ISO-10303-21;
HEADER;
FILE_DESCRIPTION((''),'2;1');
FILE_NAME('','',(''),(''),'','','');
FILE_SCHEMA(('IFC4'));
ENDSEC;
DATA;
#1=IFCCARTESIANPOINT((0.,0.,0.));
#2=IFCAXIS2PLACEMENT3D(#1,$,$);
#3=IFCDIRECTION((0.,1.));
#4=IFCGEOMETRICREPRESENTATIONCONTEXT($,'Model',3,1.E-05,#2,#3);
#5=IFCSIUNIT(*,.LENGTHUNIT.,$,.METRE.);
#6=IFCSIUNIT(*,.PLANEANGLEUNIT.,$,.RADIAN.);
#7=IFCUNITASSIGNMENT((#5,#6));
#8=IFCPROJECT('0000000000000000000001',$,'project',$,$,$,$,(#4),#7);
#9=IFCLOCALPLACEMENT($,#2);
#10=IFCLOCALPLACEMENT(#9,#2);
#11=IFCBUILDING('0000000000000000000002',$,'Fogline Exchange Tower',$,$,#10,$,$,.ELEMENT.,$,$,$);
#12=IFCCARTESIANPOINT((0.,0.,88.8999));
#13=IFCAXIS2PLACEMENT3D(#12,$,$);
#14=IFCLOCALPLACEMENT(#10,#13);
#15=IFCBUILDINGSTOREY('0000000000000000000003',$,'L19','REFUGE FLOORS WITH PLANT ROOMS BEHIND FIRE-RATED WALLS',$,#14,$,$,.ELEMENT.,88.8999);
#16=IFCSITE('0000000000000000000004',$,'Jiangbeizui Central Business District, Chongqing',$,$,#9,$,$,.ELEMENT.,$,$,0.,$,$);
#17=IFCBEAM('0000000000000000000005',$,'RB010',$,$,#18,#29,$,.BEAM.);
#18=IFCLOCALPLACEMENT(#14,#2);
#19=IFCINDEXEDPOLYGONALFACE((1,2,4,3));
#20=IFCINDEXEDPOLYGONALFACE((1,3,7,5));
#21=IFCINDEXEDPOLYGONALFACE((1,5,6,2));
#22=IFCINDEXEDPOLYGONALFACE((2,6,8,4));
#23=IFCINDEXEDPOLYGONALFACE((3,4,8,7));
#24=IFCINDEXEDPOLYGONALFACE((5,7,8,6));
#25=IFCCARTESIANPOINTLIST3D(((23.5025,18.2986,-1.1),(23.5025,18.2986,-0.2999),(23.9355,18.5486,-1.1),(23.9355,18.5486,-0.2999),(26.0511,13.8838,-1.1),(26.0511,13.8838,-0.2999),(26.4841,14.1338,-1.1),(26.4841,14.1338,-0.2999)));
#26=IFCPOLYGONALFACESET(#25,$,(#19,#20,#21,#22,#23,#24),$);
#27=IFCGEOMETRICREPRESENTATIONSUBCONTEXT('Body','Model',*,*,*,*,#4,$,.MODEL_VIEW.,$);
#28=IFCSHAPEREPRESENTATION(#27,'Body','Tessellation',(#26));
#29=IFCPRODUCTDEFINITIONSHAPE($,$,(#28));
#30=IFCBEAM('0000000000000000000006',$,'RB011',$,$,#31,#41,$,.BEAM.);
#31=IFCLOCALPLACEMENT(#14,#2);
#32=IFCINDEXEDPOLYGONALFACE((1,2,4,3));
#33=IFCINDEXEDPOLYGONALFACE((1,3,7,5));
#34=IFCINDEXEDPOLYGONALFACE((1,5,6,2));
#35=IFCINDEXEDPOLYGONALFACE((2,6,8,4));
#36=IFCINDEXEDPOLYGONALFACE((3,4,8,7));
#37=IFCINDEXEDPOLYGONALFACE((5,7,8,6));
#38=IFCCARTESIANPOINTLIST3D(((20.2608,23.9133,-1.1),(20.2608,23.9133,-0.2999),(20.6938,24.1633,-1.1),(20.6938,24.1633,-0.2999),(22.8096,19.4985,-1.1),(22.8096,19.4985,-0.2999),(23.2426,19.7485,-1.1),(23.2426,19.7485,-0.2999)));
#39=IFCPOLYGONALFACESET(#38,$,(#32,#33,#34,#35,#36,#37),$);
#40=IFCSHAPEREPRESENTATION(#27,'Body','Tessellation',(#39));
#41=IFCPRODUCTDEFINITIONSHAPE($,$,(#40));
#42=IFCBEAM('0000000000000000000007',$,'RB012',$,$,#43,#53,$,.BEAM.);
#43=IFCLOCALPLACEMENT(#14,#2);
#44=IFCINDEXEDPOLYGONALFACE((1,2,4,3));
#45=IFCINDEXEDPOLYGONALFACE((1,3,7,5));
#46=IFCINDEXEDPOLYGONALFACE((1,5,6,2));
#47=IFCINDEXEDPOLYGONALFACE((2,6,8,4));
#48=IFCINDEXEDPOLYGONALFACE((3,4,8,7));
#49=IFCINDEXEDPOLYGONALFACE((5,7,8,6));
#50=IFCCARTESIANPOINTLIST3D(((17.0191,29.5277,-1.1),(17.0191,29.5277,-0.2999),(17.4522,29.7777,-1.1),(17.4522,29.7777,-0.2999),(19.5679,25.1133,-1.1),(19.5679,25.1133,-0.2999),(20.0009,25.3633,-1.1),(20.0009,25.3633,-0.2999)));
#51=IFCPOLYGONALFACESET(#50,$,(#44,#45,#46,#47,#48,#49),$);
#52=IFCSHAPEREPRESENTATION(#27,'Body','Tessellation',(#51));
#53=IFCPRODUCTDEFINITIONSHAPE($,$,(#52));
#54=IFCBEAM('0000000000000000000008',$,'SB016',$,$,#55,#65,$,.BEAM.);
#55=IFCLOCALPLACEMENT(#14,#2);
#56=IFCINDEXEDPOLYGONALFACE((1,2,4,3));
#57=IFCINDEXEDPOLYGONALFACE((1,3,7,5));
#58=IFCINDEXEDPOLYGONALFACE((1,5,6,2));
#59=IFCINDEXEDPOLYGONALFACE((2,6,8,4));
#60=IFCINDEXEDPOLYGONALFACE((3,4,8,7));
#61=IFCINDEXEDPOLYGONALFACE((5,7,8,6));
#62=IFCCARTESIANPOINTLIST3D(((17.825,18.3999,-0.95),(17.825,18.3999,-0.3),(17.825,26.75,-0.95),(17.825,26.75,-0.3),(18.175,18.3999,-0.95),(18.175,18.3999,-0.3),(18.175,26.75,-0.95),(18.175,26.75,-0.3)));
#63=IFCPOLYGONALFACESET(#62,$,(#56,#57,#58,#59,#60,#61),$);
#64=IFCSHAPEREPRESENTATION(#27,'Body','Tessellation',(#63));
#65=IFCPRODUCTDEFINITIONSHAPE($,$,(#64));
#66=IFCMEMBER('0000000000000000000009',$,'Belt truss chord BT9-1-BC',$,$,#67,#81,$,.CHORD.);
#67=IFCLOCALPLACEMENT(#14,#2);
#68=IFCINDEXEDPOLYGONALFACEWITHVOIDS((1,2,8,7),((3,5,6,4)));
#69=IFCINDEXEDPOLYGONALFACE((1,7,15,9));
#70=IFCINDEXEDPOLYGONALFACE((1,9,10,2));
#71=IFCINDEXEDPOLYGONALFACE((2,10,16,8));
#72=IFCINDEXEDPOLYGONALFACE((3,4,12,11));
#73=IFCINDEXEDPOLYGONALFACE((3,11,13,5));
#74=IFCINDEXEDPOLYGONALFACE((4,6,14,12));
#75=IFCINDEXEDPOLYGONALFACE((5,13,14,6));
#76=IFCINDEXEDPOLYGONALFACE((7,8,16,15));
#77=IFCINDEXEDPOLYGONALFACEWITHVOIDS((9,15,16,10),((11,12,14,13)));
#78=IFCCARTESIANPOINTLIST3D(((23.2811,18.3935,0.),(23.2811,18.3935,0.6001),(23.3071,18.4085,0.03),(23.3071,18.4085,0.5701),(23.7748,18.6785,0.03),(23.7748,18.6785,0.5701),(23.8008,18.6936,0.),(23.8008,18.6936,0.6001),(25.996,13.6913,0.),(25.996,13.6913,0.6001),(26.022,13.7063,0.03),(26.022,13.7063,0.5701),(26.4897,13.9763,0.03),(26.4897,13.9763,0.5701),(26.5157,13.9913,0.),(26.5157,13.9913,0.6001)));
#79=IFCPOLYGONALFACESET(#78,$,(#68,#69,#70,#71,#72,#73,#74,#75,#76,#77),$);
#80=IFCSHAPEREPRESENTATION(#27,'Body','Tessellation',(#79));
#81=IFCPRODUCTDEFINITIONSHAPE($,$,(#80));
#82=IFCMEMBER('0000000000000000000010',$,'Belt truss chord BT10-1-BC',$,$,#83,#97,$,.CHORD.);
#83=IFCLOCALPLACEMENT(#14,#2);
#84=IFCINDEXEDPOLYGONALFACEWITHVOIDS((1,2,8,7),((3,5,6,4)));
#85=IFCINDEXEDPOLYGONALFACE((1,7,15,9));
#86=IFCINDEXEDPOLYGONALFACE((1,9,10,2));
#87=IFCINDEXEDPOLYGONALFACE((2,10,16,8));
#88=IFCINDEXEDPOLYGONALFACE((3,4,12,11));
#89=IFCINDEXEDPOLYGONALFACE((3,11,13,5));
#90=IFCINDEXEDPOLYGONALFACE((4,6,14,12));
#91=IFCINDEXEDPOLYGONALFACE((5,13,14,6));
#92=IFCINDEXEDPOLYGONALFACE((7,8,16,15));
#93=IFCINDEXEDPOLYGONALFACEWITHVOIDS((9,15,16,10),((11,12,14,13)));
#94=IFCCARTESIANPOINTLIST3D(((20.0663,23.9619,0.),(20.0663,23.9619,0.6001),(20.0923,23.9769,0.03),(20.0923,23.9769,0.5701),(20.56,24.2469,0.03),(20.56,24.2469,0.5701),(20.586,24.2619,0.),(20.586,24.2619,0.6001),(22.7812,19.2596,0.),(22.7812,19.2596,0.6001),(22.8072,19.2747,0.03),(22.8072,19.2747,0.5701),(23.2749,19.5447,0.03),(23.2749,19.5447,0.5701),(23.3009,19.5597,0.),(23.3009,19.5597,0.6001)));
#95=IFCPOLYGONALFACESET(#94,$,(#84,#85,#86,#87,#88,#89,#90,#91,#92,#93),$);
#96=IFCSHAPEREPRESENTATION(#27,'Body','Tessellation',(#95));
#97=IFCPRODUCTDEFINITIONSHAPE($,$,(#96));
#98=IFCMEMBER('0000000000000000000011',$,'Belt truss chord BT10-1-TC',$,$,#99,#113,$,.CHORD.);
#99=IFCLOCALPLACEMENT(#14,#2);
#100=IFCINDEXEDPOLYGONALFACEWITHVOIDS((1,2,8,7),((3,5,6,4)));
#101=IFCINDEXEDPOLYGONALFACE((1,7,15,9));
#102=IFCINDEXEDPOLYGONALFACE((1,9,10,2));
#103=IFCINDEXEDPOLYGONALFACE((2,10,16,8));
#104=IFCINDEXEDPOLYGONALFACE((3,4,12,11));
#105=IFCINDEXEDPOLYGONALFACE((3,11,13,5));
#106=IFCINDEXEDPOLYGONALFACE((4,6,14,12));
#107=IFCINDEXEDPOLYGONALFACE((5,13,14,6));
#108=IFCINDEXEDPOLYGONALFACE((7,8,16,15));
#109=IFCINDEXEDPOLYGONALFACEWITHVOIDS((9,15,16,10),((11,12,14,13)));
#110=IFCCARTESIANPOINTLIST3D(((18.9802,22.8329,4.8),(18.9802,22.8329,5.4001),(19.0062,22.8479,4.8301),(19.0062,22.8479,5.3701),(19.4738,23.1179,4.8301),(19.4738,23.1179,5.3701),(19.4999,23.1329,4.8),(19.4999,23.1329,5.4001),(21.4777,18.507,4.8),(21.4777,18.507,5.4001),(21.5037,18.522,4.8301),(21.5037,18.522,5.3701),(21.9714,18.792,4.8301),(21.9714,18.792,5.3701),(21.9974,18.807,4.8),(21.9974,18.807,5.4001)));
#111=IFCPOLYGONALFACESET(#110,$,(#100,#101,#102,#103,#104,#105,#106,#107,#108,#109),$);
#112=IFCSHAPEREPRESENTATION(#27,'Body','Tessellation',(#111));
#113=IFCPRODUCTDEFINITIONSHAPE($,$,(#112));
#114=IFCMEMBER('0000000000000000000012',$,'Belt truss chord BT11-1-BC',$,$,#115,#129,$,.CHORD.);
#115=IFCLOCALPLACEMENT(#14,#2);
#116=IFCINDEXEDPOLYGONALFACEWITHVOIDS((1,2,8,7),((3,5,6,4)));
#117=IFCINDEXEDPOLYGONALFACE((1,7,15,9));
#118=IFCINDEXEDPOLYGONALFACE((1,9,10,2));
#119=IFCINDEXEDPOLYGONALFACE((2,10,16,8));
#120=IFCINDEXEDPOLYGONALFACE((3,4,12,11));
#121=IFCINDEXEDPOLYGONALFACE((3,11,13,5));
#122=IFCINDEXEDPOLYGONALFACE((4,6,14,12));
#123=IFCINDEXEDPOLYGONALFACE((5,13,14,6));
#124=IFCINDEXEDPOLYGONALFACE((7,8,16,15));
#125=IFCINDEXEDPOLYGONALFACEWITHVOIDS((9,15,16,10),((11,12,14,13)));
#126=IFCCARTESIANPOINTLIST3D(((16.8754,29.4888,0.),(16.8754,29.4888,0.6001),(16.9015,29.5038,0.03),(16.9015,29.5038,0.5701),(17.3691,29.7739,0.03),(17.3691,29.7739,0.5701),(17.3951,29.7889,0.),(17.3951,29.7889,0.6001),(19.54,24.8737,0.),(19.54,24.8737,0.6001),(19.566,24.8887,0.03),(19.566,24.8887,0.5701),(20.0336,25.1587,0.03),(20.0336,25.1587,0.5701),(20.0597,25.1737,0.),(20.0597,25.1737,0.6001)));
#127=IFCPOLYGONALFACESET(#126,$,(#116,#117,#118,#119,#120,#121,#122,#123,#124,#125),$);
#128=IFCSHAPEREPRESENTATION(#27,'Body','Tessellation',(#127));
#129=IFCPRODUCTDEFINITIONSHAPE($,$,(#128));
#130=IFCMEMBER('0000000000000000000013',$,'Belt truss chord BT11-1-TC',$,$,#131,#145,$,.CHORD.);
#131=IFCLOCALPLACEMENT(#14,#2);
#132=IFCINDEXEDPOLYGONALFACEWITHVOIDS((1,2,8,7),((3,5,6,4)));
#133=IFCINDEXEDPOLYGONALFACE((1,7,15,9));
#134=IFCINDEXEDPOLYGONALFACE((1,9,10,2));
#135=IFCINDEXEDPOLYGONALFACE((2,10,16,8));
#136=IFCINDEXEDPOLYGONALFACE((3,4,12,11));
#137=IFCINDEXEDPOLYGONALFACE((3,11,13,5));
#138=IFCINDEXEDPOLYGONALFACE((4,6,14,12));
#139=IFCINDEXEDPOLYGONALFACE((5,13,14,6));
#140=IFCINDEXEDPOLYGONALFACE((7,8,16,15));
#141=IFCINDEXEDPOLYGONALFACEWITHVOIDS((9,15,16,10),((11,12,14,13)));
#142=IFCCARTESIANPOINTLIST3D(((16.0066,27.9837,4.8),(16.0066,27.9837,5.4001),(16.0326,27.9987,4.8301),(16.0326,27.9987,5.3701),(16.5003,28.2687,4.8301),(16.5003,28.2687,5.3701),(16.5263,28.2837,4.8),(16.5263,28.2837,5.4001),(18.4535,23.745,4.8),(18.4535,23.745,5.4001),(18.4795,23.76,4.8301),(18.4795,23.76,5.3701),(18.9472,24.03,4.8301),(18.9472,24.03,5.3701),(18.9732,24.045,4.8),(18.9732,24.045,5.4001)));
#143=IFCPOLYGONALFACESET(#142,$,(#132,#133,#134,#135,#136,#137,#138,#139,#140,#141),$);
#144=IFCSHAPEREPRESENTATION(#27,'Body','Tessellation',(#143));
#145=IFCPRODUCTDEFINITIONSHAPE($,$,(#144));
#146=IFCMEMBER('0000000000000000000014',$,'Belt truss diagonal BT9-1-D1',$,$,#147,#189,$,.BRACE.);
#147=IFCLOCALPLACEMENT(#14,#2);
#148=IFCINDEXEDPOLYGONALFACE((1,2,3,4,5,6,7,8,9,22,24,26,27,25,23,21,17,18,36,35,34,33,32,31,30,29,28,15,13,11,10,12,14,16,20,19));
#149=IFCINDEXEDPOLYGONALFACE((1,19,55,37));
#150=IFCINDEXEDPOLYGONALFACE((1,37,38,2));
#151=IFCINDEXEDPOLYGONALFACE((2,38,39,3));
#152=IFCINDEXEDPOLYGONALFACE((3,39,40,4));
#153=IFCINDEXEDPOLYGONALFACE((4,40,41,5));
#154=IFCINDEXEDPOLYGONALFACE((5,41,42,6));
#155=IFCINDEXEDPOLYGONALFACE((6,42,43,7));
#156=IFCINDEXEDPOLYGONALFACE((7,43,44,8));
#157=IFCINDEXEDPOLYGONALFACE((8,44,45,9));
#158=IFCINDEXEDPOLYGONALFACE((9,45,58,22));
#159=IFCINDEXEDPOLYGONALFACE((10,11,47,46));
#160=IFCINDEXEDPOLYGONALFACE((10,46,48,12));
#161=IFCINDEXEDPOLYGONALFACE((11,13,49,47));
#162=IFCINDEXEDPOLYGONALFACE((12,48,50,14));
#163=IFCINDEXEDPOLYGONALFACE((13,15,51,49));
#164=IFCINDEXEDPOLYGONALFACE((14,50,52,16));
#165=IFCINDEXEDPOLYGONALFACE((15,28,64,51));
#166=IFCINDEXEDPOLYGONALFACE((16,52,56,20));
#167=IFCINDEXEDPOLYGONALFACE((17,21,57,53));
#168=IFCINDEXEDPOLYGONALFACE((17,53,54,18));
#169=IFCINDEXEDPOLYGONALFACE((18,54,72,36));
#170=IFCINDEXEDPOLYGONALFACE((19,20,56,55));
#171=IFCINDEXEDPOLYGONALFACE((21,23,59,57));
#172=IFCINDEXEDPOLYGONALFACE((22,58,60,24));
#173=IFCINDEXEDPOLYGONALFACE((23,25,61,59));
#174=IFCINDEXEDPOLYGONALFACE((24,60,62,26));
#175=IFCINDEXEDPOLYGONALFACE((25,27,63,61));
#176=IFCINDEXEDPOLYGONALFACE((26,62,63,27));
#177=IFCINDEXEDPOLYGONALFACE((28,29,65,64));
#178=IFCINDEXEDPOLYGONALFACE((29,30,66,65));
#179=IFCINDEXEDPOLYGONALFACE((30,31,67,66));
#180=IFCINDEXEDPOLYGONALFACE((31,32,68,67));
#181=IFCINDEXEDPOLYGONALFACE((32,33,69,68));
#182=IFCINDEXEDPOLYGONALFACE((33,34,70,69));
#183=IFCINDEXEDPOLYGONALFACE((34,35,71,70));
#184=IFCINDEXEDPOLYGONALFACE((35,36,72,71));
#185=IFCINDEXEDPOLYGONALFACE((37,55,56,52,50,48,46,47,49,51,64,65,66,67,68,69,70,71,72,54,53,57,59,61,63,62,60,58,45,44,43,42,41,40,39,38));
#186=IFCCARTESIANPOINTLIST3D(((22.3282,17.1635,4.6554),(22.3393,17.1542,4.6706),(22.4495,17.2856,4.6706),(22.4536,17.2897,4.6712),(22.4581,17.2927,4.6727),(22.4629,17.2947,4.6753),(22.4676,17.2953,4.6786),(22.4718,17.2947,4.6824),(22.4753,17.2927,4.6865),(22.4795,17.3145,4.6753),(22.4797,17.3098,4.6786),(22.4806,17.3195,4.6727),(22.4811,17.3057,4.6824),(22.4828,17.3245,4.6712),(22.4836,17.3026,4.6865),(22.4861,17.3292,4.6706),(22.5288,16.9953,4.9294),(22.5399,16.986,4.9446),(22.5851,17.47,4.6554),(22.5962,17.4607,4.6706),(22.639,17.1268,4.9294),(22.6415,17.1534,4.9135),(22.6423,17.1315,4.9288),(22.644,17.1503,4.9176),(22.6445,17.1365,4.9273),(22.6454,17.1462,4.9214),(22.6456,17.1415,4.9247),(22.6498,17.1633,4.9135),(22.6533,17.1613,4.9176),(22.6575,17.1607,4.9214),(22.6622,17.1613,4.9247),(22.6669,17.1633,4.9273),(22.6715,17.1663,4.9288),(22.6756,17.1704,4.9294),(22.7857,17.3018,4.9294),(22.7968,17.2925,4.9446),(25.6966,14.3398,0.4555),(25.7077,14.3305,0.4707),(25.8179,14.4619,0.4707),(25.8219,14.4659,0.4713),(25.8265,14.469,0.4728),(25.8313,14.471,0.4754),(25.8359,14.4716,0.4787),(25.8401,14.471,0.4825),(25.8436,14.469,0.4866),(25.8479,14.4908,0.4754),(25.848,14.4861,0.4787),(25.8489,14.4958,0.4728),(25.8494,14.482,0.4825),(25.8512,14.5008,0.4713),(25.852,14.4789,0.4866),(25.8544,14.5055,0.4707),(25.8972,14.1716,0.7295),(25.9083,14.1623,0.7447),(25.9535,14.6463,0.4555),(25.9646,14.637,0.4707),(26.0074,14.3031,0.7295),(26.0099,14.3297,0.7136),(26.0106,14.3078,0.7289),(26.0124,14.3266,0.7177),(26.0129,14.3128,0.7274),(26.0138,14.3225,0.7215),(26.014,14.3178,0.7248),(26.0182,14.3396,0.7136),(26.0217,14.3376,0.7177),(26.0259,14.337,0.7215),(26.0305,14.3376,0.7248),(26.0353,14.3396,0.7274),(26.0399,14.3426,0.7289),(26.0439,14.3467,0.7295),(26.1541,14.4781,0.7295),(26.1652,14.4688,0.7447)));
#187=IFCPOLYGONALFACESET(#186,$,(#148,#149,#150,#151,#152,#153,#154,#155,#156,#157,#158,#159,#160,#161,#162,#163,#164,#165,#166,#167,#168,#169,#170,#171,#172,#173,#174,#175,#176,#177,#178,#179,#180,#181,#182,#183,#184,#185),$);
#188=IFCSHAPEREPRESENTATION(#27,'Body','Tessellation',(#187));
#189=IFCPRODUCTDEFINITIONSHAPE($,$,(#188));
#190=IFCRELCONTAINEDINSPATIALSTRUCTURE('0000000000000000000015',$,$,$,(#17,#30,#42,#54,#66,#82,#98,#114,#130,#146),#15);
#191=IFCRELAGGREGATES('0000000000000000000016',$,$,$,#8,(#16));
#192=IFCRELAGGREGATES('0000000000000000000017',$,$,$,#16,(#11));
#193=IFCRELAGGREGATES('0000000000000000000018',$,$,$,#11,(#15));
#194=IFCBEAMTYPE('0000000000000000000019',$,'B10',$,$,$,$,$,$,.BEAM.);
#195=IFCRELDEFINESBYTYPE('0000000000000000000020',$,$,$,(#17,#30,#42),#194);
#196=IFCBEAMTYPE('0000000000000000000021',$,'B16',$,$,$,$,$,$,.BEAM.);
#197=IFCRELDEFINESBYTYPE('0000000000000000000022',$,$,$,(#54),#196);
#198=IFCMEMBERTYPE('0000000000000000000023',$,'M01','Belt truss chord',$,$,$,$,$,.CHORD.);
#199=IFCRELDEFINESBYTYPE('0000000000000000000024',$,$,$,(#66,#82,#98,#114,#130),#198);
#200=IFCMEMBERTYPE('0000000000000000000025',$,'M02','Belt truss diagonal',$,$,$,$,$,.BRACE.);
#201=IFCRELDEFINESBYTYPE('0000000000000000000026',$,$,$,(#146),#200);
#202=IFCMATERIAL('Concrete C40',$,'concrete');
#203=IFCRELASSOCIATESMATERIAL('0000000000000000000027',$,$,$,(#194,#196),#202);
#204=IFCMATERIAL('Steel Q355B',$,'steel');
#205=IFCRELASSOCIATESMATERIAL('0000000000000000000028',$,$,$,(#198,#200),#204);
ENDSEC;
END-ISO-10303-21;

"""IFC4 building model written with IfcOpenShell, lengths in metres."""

from ifc_helpers import new_model, si_unit, direction, frame, origin, origin_2d, place, context, subcontext, project, spatial, rectangle, hollow_rectangle, i_section, extrude, material, material_profile, profile_set, type_object, element, save


model = new_model("IFC4")

# Units and contexts
model_context = context("Model", 3, precision=1e-05, world=origin(), true_north=direction((0.0, 1.0)))
body_context = subcontext(model_context, "Body", "Model", "MODEL_VIEW")
ifc_project = project(units=[si_unit("LENGTHUNIT", "METRE"), si_unit("PLANEANGLEUNIT", "RADIAN")], contexts=[model_context])

# Site, building, storey
site_placement = place(None, origin())
site = spatial("IfcSite", under=ifc_project, at=site_placement, Name="Jiangbeizui Central Business District, Chongqing", CompositionType="ELEMENT", RefElevation=0.0)
building_placement = place(site_placement, origin())
building = spatial("IfcBuilding", under=site, at=building_placement, Name="Fogline Exchange Tower", CompositionType="ELEMENT")
storey_placement = place(building_placement, frame((0.0, 0.0, 88.8999)))
storey = spatial("IfcBuildingStorey", under=building, at=storey_placement, Name="L19", Description="REFUGE FLOORS WITH PLANT ROOMS BEHIND FIRE-RATED WALLS", CompositionType="ELEMENT", Elevation=88.8999)

# Beams
ifc_material_1 = material(Name="Concrete C40", Category="concrete")
ifc_material_profile_1 = material_profile(ifc_material_1, rectangle(XDim=0.5, YDim=0.8, at=origin_2d()), Name="RC 500x800")
ifc_profile_set_1 = profile_set([ifc_material_profile_1], Name="Concrete C40")
beam_type_1 = type_object("IfcBeamType", Name="B10", PredefinedType="BEAM", material=ifc_profile_set_1)
for number, where, z_axis, x_axis, name in (
    (1, (26.2676, 14.0088, -0.7), (-0.499956, 0.866051, 0.0), (-0.866051, -0.499956, 0.0), "RB010"),
    (2, (23.0261, 19.6235, -0.7), (-0.499992, 0.86603, 0.0), (-0.86603, -0.499992, 0.0), "RB011"),
):
    element("IfcBeam", number, at=place(storey_placement, frame(where, z_axis=z_axis, x_axis=x_axis)), inside=storey, type_object=beam_type_1, Name=name, PredefinedType="BEAM", context=body_context, shape_type="SweptSolid", body=[
        extrude(rectangle(XDim=0.5, YDim=0.8, at=origin_2d()), origin(), (0.0, 0.0, 1.0), 5.0977),
    ])
beam_1_placement = place(storey_placement, frame((19.7844, 25.2383, -0.7), z_axis=(-0.500013, 0.866018, 0.0), x_axis=(-0.866018, -0.500013, 0.0)))
element("IfcBeam", 3, at=beam_1_placement, inside=storey, type_object=beam_type_1, Name="RB012", PredefinedType="BEAM", context=body_context, shape_type="SweptSolid", body=[
    extrude(rectangle(XDim=0.5, YDim=0.8, at=origin_2d()), origin(), (0.0, 0.0, 1.0), 5.0974),
])
ifc_material_profile_2 = material_profile(ifc_material_1, rectangle(XDim=0.3501, YDim=0.6499, at=origin_2d()), Name="RC 350x650")
ifc_profile_set_2 = profile_set([ifc_material_profile_2], Name="Concrete C40")
beam_type_2 = type_object("IfcBeamType", Name="B16", PredefinedType="BEAM", material=ifc_profile_set_2)
beam_2_placement = place(storey_placement, frame((18.0, 18.3999, -0.625), z_axis=(0.0, 1.0, 0.0), x_axis=(-1.0, 0.0, 0.0)))
element("IfcBeam", 4, at=beam_2_placement, inside=storey, type_object=beam_type_2, Name="SB016", PredefinedType="BEAM", context=body_context, shape_type="SweptSolid", body=[
    extrude(rectangle(XDim=0.3501, YDim=0.6499, at=origin_2d()), origin(), (0.0, 0.0, 1.0), 8.3501),
])

# Members
ifc_material_2 = material(Name="Steel Q355B", Category="steel")
ifc_material_profile_3 = material_profile(ifc_material_2, hollow_rectangle(XDim=0.6001, YDim=0.6001, WallThickness=0.03, at=origin_2d()), Name="BOX600X600X30")
ifc_profile_set_3 = profile_set([ifc_material_profile_3], Name="Steel Q355B")
member_type_1 = type_object("IfcMemberType", Name="M01", Description="Belt truss chord", PredefinedType="CHORD", material=ifc_profile_set_3)
for number, where, z_axis, x_axis, name in (
    (5, (26.2559, 13.8413, 0.3), (-0.500008, 0.866021, 0.0), (-0.866021, -0.500008, 0.0), "Belt truss chord BT9-1-BC"),
    (6, (23.041, 19.4097, 0.3), (-0.500008, 0.866021, 0.0), (-0.866021, -0.500008, 0.0), "Belt truss chord BT10-1-BC"),
):
    element("IfcMember", number, at=place(storey_placement, frame(where, z_axis=z_axis, x_axis=x_axis)), inside=storey, type_object=member_type_1, Name=name, PredefinedType="CHORD", context=body_context, shape_type="SweptSolid", body=[
        extrude(hollow_rectangle(XDim=0.6001, YDim=0.6001, WallThickness=0.03, at=origin_2d()), origin(), (0.0, 0.0, 1.0), 5.4297),
    ])
member_1_placement = place(storey_placement, frame((21.7375, 18.657, 5.1001), z_axis=(-0.499997, 0.866027, 0.0), x_axis=(-0.866027, -0.499997, 0.0)))
element("IfcMember", 7, at=member_1_placement, inside=storey, type_object=member_type_1, Name="Belt truss chord BT10-1-TC", PredefinedType="CHORD", context=body_context, shape_type="SweptSolid", body=[
    extrude(hollow_rectangle(XDim=0.6001, YDim=0.6001, WallThickness=0.03, at=origin_2d()), origin(), (0.0, 0.0, 1.0), 4.9951),
])
member_2_placement = place(storey_placement, frame((19.7998, 25.0237, 0.3), z_axis=(-0.499992, 0.86603, 0.0), x_axis=(-0.86603, -0.499992, 0.0)))
element("IfcMember", 8, at=member_2_placement, inside=storey, type_object=member_type_1, Name="Belt truss chord BT11-1-BC", PredefinedType="CHORD", context=body_context, shape_type="SweptSolid", body=[
    extrude(hollow_rectangle(XDim=0.6001, YDim=0.6001, WallThickness=0.03, at=origin_2d()), origin(), (0.0, 0.0, 1.0), 5.3291),
])
member_3_placement = place(storey_placement, frame((18.7134, 23.895, 5.1001), z_axis=(-0.499964, 0.866046, 0.0), x_axis=(-0.866046, -0.499964, 0.0)))
element("IfcMember", 9, at=member_3_placement, inside=storey, type_object=member_type_1, Name="Belt truss chord BT11-1-TC", PredefinedType="CHORD", context=body_context, shape_type="SweptSolid", body=[
    extrude(hollow_rectangle(XDim=0.6001, YDim=0.6001, WallThickness=0.03, at=origin_2d()), origin(), (0.0, 0.0, 1.0), 4.8943),
])
ifc_material_profile_4 = material_profile(ifc_material_2, i_section(OverallWidth=0.3999, OverallDepth=0.3999, WebThickness=0.0129, FlangeThickness=0.021, FilletRadius=0.022, at=origin_2d()), Name="HW400X400X13X21")
ifc_profile_set_4 = profile_set([ifc_material_profile_4], Name="Steel Q355B")
member_type_2 = type_object("IfcMemberType", Name="M02", Description="Belt truss diagonal", PredefinedType="BRACE", material=ifc_profile_set_4)
member_4_placement = place(storey_placement, frame((25.9309, 14.4043, 0.6001), z_axis=(-0.554068, 0.464474, 0.690849), x_axis=(-0.642427, -0.766347, 0.0)))
element("IfcMember", 10, at=member_4_placement, inside=storey, type_object=member_type_2, Name="Belt truss diagonal BT9-1-D1", PredefinedType="BRACE", context=body_context, shape_type="SweptSolid", body=[
    extrude(i_section(OverallWidth=0.3999, OverallDepth=0.3999, WebThickness=0.0129, FlangeThickness=0.021, FilletRadius=0.022, at=origin_2d()), origin(), (0.0, 0.0, 1.0), 6.0793),
])

save(model, "model.ifc")
